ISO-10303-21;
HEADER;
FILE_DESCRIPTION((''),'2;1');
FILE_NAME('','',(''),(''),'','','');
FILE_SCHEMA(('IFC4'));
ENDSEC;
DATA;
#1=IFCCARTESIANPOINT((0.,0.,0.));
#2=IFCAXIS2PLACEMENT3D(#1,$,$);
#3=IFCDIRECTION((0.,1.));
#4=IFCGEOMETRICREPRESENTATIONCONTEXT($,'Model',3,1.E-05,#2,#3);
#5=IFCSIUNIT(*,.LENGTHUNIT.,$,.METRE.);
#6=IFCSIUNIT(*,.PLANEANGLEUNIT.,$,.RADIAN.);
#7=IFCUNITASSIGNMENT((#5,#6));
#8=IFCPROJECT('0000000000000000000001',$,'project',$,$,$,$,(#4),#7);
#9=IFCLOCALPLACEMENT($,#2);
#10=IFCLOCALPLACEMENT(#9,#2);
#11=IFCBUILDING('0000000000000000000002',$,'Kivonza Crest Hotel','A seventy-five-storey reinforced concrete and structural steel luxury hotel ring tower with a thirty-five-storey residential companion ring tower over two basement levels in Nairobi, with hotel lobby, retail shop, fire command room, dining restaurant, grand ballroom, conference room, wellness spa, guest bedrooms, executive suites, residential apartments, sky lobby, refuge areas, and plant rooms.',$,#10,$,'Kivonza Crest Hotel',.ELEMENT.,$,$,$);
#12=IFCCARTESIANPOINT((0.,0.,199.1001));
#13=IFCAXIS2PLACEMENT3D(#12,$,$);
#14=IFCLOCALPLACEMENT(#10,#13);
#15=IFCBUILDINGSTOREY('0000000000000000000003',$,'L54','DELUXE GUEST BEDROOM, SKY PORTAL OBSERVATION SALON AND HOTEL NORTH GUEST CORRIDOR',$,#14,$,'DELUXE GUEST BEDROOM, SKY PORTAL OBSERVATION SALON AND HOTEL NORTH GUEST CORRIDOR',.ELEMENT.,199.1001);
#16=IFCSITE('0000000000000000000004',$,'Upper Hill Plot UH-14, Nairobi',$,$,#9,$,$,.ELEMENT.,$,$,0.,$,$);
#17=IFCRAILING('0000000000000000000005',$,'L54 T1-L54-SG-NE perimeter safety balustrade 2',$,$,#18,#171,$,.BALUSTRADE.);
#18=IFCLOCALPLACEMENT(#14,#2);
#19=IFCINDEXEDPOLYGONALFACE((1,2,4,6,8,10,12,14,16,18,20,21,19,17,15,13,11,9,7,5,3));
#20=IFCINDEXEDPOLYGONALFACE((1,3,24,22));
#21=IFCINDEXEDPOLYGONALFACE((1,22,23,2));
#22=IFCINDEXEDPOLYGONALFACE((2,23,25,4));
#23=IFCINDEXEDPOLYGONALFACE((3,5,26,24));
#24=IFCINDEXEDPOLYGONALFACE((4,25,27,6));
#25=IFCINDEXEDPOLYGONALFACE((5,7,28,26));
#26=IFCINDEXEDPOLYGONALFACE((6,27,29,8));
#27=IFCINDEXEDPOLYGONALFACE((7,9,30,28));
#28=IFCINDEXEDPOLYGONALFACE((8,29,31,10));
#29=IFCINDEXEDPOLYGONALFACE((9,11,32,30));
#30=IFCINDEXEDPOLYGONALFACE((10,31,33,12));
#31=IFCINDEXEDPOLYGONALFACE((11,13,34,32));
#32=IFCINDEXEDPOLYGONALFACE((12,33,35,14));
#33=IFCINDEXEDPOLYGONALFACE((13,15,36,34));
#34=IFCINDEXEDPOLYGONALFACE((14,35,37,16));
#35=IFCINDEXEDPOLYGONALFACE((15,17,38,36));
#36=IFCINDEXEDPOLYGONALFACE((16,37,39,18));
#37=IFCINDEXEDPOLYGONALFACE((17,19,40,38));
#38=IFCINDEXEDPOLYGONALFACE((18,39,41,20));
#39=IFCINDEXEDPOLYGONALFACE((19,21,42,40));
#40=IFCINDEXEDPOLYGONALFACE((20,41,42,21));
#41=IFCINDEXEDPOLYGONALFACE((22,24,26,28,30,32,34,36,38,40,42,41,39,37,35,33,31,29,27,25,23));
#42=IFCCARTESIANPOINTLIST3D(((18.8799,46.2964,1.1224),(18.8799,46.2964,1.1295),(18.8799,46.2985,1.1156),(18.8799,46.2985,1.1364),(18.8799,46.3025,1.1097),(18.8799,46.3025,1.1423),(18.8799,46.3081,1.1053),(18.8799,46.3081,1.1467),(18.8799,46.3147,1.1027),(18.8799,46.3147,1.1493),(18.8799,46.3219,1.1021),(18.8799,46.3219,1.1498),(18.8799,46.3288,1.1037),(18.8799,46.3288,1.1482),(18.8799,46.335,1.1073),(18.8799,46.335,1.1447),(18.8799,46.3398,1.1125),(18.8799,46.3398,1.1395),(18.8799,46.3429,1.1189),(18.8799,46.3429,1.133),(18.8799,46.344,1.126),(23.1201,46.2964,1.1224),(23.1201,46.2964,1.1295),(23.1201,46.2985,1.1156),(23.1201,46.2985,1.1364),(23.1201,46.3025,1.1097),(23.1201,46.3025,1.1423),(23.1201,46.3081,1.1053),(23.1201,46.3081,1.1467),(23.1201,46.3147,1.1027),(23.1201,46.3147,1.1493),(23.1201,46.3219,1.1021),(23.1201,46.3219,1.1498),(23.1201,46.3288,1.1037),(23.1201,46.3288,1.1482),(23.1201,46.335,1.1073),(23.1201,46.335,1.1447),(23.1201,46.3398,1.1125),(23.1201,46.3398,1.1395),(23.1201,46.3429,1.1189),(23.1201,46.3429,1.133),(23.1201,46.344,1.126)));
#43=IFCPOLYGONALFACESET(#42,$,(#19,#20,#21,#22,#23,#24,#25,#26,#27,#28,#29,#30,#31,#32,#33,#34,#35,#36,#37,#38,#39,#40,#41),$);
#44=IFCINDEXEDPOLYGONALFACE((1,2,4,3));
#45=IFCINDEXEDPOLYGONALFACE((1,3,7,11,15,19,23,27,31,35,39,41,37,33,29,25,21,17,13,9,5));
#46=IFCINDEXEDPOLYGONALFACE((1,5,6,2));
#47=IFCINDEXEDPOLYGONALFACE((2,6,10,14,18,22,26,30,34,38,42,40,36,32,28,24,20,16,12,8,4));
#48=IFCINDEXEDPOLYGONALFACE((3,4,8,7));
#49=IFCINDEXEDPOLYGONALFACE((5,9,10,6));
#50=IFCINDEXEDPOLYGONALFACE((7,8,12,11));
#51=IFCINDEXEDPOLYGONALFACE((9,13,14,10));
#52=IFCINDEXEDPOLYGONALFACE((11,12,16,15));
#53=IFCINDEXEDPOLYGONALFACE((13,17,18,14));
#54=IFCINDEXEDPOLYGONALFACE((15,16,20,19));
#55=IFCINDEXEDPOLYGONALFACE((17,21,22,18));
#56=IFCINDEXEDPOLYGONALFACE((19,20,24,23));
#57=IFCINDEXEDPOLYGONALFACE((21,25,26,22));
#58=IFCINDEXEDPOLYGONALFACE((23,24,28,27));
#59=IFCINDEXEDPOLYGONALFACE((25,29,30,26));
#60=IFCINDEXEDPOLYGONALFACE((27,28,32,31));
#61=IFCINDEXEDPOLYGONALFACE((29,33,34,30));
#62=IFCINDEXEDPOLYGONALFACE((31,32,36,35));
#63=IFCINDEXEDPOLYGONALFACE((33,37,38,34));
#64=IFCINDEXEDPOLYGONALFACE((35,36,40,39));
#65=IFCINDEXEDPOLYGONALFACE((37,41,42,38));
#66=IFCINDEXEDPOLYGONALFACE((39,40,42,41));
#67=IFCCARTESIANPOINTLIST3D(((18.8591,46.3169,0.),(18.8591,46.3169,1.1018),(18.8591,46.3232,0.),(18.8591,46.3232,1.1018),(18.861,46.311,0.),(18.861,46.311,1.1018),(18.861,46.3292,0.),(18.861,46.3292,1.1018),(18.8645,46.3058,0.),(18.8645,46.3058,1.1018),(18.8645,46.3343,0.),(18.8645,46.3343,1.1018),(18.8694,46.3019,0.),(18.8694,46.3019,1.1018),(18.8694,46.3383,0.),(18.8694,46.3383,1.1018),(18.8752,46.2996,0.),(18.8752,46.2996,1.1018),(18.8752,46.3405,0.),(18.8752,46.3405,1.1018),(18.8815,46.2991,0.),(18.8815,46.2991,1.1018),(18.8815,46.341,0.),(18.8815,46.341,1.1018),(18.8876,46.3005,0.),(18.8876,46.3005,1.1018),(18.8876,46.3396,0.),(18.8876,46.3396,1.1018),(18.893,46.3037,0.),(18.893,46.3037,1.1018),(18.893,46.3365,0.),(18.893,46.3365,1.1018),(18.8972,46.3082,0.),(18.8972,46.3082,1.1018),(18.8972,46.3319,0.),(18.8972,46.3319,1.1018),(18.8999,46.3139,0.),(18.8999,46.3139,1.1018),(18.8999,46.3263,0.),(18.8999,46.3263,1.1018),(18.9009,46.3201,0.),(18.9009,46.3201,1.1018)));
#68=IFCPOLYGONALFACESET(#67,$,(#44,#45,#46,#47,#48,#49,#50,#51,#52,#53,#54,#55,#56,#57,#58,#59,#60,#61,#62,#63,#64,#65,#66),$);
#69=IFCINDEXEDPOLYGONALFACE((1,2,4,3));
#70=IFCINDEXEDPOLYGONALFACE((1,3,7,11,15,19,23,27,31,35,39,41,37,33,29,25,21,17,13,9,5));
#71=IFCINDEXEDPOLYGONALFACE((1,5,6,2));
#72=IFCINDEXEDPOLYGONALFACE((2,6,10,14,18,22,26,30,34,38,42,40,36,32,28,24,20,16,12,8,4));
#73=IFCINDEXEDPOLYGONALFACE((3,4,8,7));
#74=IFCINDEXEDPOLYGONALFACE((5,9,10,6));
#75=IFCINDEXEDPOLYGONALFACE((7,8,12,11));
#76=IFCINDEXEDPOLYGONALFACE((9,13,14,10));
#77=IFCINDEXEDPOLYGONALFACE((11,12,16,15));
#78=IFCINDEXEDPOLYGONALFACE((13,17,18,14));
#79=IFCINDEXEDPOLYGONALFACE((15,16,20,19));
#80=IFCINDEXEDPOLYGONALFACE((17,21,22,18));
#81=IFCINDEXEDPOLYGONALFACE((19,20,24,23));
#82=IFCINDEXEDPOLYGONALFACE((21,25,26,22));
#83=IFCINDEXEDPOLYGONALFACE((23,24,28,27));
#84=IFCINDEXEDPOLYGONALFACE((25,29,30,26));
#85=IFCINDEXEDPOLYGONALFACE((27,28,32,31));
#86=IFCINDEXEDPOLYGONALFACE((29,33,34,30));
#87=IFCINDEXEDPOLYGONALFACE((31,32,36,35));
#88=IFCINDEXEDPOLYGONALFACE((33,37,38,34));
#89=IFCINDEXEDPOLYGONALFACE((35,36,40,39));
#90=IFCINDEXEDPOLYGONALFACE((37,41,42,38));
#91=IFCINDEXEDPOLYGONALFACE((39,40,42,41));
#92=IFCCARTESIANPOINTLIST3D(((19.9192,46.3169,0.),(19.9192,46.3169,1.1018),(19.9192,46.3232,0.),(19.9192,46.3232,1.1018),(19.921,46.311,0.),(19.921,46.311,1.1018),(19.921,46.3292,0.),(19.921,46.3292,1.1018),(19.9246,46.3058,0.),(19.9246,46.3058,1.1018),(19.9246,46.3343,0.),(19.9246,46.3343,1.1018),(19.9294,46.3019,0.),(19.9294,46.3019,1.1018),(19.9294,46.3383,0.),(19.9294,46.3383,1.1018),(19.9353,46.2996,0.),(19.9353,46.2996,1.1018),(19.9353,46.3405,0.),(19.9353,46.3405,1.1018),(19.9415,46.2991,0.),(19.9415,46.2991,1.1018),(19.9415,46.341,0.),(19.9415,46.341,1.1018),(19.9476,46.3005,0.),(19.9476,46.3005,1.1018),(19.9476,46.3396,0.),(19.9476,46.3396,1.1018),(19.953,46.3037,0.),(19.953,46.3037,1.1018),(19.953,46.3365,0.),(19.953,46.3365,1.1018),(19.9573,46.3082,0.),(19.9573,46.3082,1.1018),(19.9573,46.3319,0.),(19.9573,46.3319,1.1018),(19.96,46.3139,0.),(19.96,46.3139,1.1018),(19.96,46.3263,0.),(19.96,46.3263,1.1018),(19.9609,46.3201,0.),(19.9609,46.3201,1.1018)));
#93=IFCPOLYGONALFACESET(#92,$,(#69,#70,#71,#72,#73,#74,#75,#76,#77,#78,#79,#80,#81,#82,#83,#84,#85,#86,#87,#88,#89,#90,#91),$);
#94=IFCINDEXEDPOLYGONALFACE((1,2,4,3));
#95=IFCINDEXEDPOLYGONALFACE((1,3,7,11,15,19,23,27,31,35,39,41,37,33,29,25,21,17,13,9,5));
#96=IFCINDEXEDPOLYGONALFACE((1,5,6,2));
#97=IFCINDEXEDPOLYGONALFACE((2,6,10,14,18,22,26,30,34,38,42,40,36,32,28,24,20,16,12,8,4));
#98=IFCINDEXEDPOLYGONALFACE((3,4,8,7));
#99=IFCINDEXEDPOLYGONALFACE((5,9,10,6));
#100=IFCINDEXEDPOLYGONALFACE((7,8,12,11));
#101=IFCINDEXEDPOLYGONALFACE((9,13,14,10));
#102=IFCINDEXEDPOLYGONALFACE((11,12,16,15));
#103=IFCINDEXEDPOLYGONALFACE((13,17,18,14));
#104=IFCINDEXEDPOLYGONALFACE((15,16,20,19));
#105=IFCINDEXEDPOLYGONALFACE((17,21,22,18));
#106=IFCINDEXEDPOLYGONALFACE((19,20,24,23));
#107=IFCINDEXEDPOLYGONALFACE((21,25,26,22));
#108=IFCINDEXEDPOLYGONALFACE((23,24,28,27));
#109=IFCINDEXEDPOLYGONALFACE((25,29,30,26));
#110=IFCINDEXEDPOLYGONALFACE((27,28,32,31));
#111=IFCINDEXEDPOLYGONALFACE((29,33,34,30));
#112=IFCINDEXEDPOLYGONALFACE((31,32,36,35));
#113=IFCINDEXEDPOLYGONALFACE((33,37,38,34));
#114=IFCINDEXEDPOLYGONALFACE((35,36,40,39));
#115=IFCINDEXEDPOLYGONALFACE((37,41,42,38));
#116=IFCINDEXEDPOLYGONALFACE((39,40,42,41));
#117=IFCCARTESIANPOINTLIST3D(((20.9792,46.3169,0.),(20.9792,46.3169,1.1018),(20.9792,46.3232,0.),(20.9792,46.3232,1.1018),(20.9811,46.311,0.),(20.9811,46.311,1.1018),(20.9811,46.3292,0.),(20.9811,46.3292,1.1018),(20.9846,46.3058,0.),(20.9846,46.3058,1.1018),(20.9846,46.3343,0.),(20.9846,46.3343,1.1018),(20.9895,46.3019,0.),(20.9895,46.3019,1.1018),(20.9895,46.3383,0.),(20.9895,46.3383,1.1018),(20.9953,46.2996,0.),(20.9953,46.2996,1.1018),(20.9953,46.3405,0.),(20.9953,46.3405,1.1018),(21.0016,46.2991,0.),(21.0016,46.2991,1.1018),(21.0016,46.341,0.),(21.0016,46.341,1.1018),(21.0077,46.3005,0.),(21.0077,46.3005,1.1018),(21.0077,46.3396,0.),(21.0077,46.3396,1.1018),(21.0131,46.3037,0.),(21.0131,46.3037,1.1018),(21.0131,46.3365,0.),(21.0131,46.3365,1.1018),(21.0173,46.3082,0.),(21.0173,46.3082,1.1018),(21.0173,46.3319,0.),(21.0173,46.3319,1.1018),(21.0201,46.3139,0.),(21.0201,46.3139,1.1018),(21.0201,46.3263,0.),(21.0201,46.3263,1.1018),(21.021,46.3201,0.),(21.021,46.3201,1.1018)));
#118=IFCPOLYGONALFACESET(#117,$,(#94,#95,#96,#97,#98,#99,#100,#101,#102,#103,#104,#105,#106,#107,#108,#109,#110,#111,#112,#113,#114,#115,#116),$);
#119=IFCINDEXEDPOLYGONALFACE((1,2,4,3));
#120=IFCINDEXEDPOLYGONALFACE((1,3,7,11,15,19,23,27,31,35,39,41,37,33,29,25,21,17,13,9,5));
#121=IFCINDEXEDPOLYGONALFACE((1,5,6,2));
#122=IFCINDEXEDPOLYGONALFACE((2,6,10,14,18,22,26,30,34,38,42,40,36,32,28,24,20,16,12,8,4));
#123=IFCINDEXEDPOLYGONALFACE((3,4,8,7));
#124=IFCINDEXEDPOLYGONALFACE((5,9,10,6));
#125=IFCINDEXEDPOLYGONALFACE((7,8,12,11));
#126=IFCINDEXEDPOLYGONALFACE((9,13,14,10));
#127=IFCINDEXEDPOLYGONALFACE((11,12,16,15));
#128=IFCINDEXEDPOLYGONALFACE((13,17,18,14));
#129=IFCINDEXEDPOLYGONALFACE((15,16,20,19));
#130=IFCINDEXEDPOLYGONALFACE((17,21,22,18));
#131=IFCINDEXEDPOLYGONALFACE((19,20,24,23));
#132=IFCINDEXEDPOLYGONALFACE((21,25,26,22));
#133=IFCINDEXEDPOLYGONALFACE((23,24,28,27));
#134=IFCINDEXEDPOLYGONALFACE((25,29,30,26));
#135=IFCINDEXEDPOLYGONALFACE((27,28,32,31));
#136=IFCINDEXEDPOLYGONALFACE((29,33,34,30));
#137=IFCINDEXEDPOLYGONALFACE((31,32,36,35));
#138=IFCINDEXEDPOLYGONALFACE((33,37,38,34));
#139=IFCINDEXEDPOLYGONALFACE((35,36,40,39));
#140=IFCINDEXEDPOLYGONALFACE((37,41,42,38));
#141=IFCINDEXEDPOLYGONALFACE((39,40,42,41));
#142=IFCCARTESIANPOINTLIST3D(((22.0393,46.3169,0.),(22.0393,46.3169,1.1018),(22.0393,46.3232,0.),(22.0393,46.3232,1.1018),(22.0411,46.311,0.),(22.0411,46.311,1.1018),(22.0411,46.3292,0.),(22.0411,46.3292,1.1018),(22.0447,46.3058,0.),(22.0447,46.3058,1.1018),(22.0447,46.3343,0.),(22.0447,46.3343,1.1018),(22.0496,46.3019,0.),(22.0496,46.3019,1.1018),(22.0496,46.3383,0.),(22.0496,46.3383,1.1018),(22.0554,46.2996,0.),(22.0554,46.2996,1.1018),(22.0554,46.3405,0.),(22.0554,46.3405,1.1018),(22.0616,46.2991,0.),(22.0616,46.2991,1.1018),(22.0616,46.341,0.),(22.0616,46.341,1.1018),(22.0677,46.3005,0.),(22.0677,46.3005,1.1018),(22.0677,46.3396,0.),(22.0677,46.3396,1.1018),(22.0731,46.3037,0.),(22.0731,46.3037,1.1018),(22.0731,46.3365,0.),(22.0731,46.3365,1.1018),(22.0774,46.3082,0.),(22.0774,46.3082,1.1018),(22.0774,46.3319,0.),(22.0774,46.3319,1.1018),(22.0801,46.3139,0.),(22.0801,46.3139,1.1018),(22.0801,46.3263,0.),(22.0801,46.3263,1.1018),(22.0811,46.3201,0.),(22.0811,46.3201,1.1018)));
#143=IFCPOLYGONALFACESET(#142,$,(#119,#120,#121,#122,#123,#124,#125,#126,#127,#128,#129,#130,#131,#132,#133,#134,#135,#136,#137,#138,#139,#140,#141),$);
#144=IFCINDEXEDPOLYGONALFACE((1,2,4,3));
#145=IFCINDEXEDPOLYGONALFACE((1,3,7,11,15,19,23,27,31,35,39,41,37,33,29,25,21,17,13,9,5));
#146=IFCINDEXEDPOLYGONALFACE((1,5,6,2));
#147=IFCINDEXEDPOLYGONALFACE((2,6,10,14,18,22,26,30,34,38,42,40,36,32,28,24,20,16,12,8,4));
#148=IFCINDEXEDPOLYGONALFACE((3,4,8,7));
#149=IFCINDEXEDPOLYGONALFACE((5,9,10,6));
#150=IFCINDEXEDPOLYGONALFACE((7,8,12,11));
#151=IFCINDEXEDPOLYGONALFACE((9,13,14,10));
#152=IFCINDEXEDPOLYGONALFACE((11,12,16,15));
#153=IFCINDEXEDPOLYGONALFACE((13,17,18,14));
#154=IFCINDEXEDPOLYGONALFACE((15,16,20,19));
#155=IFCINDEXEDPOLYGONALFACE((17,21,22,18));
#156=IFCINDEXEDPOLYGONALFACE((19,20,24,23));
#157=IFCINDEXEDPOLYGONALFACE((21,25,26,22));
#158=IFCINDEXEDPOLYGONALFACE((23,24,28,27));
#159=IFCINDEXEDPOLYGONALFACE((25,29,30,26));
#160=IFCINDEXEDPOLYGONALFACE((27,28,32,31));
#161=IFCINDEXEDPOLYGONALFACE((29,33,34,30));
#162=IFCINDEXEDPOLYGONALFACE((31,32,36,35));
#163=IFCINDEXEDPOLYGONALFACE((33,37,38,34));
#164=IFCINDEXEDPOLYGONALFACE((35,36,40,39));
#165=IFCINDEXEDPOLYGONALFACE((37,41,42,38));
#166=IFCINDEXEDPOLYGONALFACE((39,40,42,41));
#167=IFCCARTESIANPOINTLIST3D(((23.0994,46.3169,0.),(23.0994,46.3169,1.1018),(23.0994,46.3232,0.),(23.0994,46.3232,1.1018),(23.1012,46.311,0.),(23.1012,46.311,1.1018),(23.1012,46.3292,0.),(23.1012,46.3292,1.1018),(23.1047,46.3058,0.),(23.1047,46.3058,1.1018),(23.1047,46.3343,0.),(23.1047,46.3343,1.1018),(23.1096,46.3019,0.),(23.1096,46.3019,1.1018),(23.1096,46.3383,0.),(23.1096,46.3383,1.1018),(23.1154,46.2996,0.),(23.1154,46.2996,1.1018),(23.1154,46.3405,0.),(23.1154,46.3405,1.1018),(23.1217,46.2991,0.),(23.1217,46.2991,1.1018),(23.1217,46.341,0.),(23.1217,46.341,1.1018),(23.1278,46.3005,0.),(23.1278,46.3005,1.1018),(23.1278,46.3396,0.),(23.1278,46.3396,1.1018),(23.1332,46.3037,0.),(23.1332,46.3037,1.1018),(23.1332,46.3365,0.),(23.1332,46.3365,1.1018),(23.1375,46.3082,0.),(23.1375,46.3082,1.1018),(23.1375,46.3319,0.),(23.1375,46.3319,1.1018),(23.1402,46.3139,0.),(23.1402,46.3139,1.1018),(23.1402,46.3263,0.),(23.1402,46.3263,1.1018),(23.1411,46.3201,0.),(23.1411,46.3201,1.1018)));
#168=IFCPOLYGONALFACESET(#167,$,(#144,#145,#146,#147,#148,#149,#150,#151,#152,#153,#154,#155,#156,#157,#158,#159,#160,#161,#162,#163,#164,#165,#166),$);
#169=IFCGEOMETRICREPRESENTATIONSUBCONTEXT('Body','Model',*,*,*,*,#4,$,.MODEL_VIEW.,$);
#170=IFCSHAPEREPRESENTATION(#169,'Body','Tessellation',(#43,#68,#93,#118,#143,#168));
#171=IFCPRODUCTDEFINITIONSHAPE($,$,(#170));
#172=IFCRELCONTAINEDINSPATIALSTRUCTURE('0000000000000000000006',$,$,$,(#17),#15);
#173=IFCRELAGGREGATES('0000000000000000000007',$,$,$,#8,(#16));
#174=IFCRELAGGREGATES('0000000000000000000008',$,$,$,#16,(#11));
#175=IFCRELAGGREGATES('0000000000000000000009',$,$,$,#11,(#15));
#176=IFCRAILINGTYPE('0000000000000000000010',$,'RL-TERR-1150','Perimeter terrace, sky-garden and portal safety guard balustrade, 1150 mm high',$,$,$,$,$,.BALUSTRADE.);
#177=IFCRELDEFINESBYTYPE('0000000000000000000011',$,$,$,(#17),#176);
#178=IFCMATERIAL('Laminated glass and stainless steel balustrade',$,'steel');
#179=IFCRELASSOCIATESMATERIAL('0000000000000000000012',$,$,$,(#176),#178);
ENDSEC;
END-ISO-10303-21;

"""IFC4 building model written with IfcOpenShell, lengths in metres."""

from ifc_helpers import new_model, si_unit, direction, frame, origin, origin_2d, place, context, subcontext, project, spatial, circle, extrude, material, type_object, element, save


model = new_model("IFC4")

# Units and contexts
model_context = context("Model", 3, precision=1e-05, world=origin(), true_north=direction((0.0, 1.0)))
body_context = subcontext(model_context, "Body", "Model", "MODEL_VIEW")
ifc_project = project(units=[si_unit("LENGTHUNIT", "METRE"), si_unit("PLANEANGLEUNIT", "RADIAN")], contexts=[model_context])

# Site, building, storey
site_placement = place(None, origin())
site = spatial("IfcSite", under=ifc_project, at=site_placement, Name="Upper Hill Plot UH-14, Nairobi", CompositionType="ELEMENT", RefElevation=0.0)
building_placement = place(site_placement, origin())
building = spatial("IfcBuilding", under=site, at=building_placement, Name="Kivonza Crest Hotel", Description="A seventy-five-storey reinforced concrete and structural steel luxury hotel ring tower with a thirty-five-storey residential companion ring tower over two basement levels in Nairobi, with hotel lobby, retail shop, fire command room, dining restaurant, grand ballroom, conference room, wellness spa, guest bedrooms, executive suites, residential apartments, sky lobby, refuge areas, and plant rooms.", LongName="Kivonza Crest Hotel", CompositionType="ELEMENT")
storey_placement = place(building_placement, frame((0.0, 0.0, 199.1001)))
storey = spatial("IfcBuildingStorey", under=building, at=storey_placement, Name="L54", Description="DELUXE GUEST BEDROOM, SKY PORTAL OBSERVATION SALON AND HOTEL NORTH GUEST CORRIDOR", LongName="DELUXE GUEST BEDROOM, SKY PORTAL OBSERVATION SALON AND HOTEL NORTH GUEST CORRIDOR", CompositionType="ELEMENT", Elevation=199.1001)

# Railing
ifc_material_1 = material(Name="Laminated glass and stainless steel balustrade", Category="steel")
railing_type_1 = type_object("IfcRailingType", Name="RL-TERR-1150", Description="Perimeter terrace, sky-garden and portal safety guard balustrade, 1150 mm high", PredefinedType="BALUSTRADE", material=ifc_material_1)
railing_1_placement = place(storey_placement, frame((18.8799, 46.3201, 0.0)))
element("IfcRailing", 1, at=railing_1_placement, inside=storey, type_object=railing_type_1, Name="L54 T1-L54-SG-NE perimeter safety balustrade 2", PredefinedType="BALUSTRADE", context=body_context, shape_type="SweptSolid", body=[
    extrude(circle(Radius=0.0239, at=origin_2d()), frame((0.0, 0.0, 1.126), z_axis=(1.0, 0.0, 0.0), x_axis=(0.0, 1.0, 0.0)), (0.0, 0.0, 1.0), 4.2402),
    extrude(circle(Radius=0.021, at=origin_2d()), origin(), (0.0, 0.0, 1.0), 1.1018),
    extrude(circle(Radius=0.021, at=origin_2d()), frame((1.0601, 0.0, 0.0)), (0.0, 0.0, 1.0), 1.1018),
    extrude(circle(Radius=0.021, at=origin_2d()), frame((2.1201, 0.0, 0.0)), (0.0, 0.0, 1.0), 1.1018),
    extrude(circle(Radius=0.021, at=origin_2d()), frame((3.1802, 0.0, 0.0)), (0.0, 0.0, 1.0), 1.1018),
    extrude(circle(Radius=0.021, at=origin_2d()), frame((4.2402, 0.0, 0.0)), (0.0, 0.0, 1.0), 1.1018),
])

save(model, "model.ifc")
